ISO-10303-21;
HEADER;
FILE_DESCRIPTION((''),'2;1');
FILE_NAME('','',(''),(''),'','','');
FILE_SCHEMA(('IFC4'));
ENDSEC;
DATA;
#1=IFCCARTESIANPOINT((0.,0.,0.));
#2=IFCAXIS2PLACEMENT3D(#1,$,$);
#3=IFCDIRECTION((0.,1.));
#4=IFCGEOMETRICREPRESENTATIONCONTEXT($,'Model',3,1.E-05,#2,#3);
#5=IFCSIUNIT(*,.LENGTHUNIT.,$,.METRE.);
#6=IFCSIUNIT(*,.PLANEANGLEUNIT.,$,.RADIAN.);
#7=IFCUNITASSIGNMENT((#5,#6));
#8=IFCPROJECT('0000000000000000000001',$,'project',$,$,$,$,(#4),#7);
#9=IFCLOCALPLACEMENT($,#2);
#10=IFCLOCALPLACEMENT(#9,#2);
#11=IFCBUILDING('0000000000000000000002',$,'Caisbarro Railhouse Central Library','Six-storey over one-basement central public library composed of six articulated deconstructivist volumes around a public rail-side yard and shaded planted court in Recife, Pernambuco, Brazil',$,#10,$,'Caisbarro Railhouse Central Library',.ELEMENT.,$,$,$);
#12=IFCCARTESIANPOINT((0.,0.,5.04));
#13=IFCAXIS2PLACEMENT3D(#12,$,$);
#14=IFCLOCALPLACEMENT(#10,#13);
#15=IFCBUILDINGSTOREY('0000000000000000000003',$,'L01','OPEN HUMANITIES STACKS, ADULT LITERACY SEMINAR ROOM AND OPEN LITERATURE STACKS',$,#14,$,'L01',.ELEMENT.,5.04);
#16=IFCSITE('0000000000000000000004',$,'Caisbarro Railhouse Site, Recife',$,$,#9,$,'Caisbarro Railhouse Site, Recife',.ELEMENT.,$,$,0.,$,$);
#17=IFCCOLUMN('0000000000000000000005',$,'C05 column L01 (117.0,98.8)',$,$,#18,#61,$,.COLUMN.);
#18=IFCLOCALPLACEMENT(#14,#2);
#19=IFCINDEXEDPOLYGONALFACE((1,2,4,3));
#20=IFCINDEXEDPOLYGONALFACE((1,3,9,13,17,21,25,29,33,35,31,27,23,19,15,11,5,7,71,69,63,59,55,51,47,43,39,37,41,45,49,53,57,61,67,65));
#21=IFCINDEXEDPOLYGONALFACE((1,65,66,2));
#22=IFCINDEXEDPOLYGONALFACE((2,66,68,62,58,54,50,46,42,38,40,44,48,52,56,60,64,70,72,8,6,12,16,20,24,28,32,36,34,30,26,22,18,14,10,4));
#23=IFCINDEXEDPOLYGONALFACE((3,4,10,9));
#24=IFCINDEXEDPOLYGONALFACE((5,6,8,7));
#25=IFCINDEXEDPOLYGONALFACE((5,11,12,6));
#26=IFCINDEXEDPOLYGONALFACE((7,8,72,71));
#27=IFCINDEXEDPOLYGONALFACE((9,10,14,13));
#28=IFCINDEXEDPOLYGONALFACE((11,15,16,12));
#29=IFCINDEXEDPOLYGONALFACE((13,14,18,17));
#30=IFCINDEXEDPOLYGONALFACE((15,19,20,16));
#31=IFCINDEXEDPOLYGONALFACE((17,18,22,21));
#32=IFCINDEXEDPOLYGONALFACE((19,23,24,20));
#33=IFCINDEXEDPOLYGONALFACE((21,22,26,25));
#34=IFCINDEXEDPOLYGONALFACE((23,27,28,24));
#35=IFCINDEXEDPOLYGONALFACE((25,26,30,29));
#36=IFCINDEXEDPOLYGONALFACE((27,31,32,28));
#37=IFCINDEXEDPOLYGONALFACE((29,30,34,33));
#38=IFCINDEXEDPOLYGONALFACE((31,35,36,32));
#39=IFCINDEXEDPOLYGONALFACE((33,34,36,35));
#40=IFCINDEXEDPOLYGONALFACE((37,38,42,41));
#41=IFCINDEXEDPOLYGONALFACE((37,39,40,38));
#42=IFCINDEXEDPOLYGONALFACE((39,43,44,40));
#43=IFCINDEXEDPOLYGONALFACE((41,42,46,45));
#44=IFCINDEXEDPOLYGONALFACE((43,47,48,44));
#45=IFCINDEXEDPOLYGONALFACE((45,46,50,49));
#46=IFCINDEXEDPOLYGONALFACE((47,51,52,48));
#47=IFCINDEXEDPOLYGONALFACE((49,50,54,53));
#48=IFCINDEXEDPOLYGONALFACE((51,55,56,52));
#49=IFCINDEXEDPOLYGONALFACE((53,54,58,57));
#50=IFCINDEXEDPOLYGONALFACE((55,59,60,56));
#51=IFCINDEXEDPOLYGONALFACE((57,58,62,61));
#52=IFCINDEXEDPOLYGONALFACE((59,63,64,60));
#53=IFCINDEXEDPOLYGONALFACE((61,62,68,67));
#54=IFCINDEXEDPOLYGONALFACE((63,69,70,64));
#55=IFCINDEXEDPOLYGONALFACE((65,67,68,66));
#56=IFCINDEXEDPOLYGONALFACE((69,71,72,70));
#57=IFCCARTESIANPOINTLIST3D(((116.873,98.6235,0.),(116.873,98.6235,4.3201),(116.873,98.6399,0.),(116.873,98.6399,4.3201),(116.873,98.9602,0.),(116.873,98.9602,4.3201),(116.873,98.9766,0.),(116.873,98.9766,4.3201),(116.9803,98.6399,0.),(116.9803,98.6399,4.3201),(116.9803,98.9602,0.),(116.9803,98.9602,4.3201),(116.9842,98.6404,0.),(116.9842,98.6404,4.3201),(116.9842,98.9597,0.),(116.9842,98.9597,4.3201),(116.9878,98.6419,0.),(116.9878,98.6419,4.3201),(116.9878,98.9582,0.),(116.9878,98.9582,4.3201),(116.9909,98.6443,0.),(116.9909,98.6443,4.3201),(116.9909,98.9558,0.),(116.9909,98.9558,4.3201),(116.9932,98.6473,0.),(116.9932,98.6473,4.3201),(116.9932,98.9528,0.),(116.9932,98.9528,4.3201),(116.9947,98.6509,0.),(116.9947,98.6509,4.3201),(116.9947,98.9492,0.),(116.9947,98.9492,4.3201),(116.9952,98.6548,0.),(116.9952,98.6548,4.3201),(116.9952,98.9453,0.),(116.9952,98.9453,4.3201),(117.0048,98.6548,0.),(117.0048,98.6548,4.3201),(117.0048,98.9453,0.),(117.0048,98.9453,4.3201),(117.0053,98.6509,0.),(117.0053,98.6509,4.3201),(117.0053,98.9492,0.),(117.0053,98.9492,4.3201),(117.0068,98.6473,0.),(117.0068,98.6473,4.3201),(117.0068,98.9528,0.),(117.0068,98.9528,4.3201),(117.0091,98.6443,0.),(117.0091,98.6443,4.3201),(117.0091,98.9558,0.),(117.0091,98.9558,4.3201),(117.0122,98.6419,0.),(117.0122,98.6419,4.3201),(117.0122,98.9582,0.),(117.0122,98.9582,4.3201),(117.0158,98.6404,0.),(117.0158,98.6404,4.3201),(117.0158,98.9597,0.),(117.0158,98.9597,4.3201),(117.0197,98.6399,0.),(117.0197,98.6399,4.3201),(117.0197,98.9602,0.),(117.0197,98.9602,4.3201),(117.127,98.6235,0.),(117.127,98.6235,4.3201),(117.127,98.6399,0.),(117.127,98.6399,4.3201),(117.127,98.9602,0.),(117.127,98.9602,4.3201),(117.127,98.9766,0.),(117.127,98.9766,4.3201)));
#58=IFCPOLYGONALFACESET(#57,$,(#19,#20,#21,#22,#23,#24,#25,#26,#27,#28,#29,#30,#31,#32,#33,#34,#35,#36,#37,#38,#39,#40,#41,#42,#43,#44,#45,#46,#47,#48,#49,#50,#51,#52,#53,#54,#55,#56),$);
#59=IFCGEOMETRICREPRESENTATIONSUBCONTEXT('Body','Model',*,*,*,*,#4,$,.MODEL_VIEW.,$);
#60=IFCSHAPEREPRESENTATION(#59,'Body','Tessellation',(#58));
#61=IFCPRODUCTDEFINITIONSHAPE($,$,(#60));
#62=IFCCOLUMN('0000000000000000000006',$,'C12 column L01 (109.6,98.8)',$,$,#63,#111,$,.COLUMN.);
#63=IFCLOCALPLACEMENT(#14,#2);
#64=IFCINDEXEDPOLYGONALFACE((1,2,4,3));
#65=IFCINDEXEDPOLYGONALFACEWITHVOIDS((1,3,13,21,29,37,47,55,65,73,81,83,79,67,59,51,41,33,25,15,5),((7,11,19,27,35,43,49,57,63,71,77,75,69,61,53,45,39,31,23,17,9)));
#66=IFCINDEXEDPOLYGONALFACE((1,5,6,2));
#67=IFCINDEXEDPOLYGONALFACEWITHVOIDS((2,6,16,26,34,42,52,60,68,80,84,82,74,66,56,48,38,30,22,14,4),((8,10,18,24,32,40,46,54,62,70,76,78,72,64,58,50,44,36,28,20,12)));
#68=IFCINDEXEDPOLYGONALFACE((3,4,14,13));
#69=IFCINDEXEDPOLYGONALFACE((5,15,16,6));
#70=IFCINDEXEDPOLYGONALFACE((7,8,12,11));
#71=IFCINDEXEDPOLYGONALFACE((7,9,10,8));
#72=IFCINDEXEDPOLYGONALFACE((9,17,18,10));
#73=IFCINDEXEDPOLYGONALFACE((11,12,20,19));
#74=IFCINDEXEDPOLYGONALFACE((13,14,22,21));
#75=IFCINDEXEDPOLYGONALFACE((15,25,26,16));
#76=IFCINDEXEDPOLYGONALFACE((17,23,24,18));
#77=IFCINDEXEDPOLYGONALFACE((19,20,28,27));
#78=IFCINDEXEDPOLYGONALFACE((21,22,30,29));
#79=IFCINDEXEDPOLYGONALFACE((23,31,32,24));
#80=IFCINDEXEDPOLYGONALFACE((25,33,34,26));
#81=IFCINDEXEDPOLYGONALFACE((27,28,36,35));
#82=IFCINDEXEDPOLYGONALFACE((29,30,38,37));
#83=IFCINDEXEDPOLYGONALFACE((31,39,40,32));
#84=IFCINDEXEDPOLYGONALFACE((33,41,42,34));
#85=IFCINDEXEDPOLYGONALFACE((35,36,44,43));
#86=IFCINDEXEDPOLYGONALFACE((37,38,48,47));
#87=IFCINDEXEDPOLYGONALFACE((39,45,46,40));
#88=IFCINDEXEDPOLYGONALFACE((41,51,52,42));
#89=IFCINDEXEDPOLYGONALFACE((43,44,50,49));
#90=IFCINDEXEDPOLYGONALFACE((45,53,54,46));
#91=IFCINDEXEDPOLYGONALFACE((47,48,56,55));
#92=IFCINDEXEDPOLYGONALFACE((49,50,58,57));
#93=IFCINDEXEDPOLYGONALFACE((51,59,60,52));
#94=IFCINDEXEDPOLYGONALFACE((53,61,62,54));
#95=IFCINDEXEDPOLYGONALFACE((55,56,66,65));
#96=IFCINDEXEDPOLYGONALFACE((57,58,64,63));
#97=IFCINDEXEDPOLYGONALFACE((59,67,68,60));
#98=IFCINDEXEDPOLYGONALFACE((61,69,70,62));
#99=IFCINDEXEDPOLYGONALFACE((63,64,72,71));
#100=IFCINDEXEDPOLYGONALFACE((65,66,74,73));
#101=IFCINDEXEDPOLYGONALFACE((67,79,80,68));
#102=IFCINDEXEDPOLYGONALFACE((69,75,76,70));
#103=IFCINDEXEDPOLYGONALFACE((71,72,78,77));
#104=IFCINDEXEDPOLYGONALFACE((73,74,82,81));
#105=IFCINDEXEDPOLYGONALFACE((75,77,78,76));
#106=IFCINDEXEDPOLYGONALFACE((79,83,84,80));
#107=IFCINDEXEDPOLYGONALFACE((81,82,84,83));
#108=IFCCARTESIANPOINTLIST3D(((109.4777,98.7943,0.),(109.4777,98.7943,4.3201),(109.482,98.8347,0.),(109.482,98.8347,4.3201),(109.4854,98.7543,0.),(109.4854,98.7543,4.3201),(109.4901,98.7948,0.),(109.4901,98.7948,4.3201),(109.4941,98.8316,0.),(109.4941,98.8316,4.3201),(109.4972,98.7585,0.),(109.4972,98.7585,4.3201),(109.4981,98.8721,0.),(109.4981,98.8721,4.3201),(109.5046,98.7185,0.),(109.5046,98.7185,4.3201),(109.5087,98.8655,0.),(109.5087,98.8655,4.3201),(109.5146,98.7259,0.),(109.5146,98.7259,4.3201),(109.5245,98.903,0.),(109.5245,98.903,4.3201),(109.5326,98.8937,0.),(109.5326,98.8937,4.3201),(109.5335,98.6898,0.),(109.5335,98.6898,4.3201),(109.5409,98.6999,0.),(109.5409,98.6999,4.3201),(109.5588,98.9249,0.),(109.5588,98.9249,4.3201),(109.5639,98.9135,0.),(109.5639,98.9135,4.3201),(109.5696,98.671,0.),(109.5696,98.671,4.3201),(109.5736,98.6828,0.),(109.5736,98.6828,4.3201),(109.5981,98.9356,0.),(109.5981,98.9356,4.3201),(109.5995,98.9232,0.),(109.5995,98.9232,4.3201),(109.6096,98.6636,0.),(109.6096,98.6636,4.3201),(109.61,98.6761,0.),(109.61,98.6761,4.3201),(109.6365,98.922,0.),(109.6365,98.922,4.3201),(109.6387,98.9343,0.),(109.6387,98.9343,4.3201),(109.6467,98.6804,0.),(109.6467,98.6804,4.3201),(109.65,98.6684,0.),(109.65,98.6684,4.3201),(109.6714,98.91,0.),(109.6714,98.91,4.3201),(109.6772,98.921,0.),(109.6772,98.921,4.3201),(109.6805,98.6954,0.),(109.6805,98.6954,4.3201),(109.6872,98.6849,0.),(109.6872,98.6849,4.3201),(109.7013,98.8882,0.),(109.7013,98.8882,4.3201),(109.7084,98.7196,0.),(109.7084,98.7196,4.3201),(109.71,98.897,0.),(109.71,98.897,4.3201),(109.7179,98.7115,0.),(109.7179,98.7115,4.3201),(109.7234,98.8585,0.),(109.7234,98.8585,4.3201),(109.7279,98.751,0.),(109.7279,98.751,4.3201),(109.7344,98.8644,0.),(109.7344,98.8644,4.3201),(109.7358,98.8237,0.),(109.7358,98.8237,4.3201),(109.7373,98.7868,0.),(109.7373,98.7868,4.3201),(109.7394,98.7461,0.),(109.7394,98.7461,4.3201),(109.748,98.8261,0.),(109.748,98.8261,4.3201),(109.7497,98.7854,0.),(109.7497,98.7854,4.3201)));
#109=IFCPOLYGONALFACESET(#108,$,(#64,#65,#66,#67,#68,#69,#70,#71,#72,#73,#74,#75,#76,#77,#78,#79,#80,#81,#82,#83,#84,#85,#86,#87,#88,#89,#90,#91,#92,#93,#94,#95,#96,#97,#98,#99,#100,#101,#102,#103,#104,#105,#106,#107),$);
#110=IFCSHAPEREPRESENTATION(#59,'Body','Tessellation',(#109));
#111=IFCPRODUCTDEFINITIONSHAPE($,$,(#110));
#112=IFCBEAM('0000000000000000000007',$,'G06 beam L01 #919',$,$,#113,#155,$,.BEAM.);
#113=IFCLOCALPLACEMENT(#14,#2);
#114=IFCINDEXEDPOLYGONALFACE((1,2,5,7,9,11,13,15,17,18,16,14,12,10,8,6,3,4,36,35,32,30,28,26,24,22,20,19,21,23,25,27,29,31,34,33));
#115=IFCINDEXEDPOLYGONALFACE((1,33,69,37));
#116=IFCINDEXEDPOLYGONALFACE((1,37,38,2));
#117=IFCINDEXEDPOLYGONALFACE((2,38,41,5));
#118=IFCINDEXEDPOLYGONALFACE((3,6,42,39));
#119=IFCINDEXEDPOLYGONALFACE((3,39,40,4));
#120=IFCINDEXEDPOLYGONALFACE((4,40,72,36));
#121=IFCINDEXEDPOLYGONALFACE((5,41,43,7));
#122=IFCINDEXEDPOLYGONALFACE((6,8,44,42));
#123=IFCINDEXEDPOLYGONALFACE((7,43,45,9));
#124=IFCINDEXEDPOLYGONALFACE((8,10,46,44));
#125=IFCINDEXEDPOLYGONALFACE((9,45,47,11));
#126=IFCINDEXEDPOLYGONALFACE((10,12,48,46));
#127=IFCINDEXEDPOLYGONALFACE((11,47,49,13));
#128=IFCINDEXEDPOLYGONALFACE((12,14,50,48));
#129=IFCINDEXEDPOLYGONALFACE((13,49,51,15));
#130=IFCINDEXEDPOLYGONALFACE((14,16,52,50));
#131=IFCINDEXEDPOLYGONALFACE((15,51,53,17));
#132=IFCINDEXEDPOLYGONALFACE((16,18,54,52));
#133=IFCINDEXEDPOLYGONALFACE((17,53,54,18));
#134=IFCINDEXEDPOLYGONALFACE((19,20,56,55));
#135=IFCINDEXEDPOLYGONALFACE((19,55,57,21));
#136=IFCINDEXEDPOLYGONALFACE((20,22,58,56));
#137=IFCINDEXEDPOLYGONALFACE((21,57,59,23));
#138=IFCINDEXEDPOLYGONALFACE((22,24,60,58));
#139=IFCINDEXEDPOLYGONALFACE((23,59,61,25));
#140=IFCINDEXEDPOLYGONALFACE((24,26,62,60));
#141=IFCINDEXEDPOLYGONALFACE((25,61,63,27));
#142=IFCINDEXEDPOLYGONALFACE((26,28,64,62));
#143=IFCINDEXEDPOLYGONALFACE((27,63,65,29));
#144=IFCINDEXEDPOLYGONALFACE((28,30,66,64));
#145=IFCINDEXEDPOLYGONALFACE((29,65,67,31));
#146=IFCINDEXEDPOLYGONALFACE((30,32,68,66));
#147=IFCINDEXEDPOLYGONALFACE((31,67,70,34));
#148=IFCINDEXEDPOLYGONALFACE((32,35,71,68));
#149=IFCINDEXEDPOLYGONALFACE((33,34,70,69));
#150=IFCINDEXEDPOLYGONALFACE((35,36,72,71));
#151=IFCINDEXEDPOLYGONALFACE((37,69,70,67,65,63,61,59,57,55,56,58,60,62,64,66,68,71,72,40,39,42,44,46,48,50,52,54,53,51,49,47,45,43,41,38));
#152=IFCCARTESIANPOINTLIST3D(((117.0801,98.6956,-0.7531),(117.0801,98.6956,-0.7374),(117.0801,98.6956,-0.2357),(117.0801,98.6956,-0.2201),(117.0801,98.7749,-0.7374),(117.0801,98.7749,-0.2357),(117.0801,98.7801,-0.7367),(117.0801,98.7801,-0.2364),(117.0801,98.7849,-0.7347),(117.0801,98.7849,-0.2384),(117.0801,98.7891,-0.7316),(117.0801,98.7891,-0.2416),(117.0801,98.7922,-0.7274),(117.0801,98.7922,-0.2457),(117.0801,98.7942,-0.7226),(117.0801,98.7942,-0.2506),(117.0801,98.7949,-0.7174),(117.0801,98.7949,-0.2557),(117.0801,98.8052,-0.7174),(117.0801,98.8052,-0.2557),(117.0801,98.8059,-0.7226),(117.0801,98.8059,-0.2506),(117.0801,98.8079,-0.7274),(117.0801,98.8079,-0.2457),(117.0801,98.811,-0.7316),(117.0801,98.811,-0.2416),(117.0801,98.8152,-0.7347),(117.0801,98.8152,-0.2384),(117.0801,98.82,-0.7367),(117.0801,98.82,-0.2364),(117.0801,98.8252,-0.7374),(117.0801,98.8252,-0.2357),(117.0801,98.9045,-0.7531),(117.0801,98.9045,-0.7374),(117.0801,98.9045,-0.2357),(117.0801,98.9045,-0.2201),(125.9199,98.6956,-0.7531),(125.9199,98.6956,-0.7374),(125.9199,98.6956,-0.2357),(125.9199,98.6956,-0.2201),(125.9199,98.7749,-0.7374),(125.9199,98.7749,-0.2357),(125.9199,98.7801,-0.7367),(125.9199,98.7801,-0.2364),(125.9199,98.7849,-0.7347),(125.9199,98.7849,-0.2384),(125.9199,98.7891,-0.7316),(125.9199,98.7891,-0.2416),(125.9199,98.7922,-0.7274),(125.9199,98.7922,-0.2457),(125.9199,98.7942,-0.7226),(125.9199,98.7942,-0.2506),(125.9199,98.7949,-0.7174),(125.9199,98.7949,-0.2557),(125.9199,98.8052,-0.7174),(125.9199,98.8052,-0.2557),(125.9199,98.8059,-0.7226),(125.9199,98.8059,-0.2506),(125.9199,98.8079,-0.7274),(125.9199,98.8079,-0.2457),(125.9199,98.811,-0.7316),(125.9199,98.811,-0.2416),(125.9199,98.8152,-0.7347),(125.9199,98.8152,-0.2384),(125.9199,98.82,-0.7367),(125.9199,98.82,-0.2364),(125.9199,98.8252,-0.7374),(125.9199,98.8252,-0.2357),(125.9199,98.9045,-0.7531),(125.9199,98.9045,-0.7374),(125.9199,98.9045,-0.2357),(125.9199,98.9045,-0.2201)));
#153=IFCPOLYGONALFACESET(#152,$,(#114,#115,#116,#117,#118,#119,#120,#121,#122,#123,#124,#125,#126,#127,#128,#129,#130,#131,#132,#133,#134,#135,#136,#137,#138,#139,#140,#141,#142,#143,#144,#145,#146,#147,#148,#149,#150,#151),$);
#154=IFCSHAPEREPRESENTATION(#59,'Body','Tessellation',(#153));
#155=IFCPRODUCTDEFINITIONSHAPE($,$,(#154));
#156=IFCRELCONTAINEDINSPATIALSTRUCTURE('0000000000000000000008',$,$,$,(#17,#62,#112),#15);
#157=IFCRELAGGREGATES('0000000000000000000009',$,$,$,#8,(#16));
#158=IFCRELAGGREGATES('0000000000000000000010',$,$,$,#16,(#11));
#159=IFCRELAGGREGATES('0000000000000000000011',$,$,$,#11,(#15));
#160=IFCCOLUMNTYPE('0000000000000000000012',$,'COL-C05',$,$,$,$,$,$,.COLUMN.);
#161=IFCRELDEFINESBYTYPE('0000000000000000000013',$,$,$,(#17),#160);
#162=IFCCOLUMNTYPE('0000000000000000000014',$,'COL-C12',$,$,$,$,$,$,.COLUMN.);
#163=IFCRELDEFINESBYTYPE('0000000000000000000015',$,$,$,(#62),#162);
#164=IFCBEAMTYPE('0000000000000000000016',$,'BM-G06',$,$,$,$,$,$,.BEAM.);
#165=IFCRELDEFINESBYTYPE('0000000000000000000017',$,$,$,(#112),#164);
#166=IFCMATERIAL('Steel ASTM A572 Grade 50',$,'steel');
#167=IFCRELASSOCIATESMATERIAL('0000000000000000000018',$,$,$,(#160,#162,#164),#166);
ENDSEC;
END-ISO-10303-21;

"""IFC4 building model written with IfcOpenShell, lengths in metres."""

from ifc_helpers import new_model, si_unit, direction, frame, origin, origin_2d, place, context, subcontext, project, spatial, hollow_circle, i_section, extrude, material, material_profile, profile_set, type_object, element, save


model = new_model("IFC4")

# Units and contexts
model_context = context("Model", 3, precision=1e-05, world=origin(), true_north=direction((0.0, 1.0)))
body_context = subcontext(model_context, "Body", "Model", "MODEL_VIEW")
ifc_project = project(units=[si_unit("LENGTHUNIT", "METRE"), si_unit("PLANEANGLEUNIT", "RADIAN")], contexts=[model_context])

# Site, building, storey
site_placement = place(None, origin())
site = spatial("IfcSite", under=ifc_project, at=site_placement, Name="Caisbarro Railhouse Site, Recife", LongName="Caisbarro Railhouse Site, Recife", CompositionType="ELEMENT", RefElevation=0.0)
building_placement = place(site_placement, origin())
building = spatial("IfcBuilding", under=site, at=building_placement, Name="Caisbarro Railhouse Central Library", Description="Six-storey over one-basement central public library composed of six articulated deconstructivist volumes around a public rail-side yard and shaded planted court in Recife, Pernambuco, Brazil", LongName="Caisbarro Railhouse Central Library", CompositionType="ELEMENT")
storey_placement = place(building_placement, frame((0.0, 0.0, 5.04)))
storey = spatial("IfcBuildingStorey", under=building, at=storey_placement, Name="L01", Description="OPEN HUMANITIES STACKS, ADULT LITERACY SEMINAR ROOM AND OPEN LITERATURE STACKS", LongName="L01", CompositionType="ELEMENT", Elevation=5.04)

# Columns
ifc_material_1 = material(Name="Steel ASTM A572 Grade 50", Category="steel")
ifc_material_profile_1 = material_profile(ifc_material_1, i_section(OverallWidth=0.2539, OverallDepth=0.353, WebThickness=0.0095, FlangeThickness=0.0164, FilletRadius=0.0149, at=origin_2d()), Name="W360X91.0")
ifc_profile_set_1 = profile_set([ifc_material_profile_1], Name="Steel ASTM A572 Grade 50")
column_type_1 = type_object("IfcColumnType", Name="COL-C05", PredefinedType="COLUMN", material=ifc_profile_set_1)
column_1_placement = place(storey_placement, frame((117.0, 98.8, 0.0), z_axis=(0.0, 0.0, 1.0), x_axis=(1.0, 0.0, 0.0)))
element("IfcColumn", 1, at=column_1_placement, inside=storey, type_object=column_type_1, Name="C05 column L01 (117.0,98.8)", PredefinedType="COLUMN", context=body_context, shape_type="SweptSolid", body=[
    extrude(i_section(OverallWidth=0.2539, OverallDepth=0.353, WebThickness=0.0095, FlangeThickness=0.0164, FilletRadius=0.0149, at=origin_2d()), origin(), (0.0, 0.0, 1.0), 4.3201),
])
ifc_material_profile_2 = material_profile(ifc_material_1, hollow_circle(Radius=0.1365, WallThickness=0.0125, at=origin_2d()), Name="CHS273.0X12.5")
ifc_profile_set_2 = profile_set([ifc_material_profile_2], Name="Steel ASTM A572 Grade 50")
column_type_2 = type_object("IfcColumnType", Name="COL-C12", PredefinedType="COLUMN", material=ifc_profile_set_2)
column_2_placement = place(storey_placement, frame((109.614, 98.8, 0.0), z_axis=(0.0, 0.0, 1.0), x_axis=(0.981627, 0.190809, 0.0)))
element("IfcColumn", 2, at=column_2_placement, inside=storey, type_object=column_type_2, Name="C12 column L01 (109.6,98.8)", PredefinedType="COLUMN", context=body_context, shape_type="SweptSolid", body=[
    extrude(hollow_circle(Radius=0.1365, WallThickness=0.0125, at=origin_2d()), origin(), (0.0, 0.0, 1.0), 4.3201),
])

# Beam
ifc_material_profile_3 = material_profile(ifc_material_1, i_section(OverallWidth=0.209, OverallDepth=0.533, WebThickness=0.0103, FlangeThickness=0.0156, FilletRadius=0.02, at=origin_2d()), Name="W530X92.0")
ifc_profile_set_3 = profile_set([ifc_material_profile_3], Name="Steel ASTM A572 Grade 50")
beam_type_1 = type_object("IfcBeamType", Name="BM-G06", PredefinedType="BEAM", material=ifc_profile_set_3)
beam_1_placement = place(storey_placement, frame((117.0801, 98.8, -0.4866), z_axis=(1.0, 0.0, 0.0), x_axis=(0.0, 1.0, 0.0)))
element("IfcBeam", 3, at=beam_1_placement, inside=storey, type_object=beam_type_1, Name="G06 beam L01 #919", PredefinedType="BEAM", context=body_context, shape_type="SweptSolid", body=[
    extrude(i_section(OverallWidth=0.209, OverallDepth=0.533, WebThickness=0.0103, FlangeThickness=0.0156, FilletRadius=0.02, at=origin_2d()), origin(), (0.0, 0.0, 1.0), 8.8398),
])

save(model, "model.ifc")
